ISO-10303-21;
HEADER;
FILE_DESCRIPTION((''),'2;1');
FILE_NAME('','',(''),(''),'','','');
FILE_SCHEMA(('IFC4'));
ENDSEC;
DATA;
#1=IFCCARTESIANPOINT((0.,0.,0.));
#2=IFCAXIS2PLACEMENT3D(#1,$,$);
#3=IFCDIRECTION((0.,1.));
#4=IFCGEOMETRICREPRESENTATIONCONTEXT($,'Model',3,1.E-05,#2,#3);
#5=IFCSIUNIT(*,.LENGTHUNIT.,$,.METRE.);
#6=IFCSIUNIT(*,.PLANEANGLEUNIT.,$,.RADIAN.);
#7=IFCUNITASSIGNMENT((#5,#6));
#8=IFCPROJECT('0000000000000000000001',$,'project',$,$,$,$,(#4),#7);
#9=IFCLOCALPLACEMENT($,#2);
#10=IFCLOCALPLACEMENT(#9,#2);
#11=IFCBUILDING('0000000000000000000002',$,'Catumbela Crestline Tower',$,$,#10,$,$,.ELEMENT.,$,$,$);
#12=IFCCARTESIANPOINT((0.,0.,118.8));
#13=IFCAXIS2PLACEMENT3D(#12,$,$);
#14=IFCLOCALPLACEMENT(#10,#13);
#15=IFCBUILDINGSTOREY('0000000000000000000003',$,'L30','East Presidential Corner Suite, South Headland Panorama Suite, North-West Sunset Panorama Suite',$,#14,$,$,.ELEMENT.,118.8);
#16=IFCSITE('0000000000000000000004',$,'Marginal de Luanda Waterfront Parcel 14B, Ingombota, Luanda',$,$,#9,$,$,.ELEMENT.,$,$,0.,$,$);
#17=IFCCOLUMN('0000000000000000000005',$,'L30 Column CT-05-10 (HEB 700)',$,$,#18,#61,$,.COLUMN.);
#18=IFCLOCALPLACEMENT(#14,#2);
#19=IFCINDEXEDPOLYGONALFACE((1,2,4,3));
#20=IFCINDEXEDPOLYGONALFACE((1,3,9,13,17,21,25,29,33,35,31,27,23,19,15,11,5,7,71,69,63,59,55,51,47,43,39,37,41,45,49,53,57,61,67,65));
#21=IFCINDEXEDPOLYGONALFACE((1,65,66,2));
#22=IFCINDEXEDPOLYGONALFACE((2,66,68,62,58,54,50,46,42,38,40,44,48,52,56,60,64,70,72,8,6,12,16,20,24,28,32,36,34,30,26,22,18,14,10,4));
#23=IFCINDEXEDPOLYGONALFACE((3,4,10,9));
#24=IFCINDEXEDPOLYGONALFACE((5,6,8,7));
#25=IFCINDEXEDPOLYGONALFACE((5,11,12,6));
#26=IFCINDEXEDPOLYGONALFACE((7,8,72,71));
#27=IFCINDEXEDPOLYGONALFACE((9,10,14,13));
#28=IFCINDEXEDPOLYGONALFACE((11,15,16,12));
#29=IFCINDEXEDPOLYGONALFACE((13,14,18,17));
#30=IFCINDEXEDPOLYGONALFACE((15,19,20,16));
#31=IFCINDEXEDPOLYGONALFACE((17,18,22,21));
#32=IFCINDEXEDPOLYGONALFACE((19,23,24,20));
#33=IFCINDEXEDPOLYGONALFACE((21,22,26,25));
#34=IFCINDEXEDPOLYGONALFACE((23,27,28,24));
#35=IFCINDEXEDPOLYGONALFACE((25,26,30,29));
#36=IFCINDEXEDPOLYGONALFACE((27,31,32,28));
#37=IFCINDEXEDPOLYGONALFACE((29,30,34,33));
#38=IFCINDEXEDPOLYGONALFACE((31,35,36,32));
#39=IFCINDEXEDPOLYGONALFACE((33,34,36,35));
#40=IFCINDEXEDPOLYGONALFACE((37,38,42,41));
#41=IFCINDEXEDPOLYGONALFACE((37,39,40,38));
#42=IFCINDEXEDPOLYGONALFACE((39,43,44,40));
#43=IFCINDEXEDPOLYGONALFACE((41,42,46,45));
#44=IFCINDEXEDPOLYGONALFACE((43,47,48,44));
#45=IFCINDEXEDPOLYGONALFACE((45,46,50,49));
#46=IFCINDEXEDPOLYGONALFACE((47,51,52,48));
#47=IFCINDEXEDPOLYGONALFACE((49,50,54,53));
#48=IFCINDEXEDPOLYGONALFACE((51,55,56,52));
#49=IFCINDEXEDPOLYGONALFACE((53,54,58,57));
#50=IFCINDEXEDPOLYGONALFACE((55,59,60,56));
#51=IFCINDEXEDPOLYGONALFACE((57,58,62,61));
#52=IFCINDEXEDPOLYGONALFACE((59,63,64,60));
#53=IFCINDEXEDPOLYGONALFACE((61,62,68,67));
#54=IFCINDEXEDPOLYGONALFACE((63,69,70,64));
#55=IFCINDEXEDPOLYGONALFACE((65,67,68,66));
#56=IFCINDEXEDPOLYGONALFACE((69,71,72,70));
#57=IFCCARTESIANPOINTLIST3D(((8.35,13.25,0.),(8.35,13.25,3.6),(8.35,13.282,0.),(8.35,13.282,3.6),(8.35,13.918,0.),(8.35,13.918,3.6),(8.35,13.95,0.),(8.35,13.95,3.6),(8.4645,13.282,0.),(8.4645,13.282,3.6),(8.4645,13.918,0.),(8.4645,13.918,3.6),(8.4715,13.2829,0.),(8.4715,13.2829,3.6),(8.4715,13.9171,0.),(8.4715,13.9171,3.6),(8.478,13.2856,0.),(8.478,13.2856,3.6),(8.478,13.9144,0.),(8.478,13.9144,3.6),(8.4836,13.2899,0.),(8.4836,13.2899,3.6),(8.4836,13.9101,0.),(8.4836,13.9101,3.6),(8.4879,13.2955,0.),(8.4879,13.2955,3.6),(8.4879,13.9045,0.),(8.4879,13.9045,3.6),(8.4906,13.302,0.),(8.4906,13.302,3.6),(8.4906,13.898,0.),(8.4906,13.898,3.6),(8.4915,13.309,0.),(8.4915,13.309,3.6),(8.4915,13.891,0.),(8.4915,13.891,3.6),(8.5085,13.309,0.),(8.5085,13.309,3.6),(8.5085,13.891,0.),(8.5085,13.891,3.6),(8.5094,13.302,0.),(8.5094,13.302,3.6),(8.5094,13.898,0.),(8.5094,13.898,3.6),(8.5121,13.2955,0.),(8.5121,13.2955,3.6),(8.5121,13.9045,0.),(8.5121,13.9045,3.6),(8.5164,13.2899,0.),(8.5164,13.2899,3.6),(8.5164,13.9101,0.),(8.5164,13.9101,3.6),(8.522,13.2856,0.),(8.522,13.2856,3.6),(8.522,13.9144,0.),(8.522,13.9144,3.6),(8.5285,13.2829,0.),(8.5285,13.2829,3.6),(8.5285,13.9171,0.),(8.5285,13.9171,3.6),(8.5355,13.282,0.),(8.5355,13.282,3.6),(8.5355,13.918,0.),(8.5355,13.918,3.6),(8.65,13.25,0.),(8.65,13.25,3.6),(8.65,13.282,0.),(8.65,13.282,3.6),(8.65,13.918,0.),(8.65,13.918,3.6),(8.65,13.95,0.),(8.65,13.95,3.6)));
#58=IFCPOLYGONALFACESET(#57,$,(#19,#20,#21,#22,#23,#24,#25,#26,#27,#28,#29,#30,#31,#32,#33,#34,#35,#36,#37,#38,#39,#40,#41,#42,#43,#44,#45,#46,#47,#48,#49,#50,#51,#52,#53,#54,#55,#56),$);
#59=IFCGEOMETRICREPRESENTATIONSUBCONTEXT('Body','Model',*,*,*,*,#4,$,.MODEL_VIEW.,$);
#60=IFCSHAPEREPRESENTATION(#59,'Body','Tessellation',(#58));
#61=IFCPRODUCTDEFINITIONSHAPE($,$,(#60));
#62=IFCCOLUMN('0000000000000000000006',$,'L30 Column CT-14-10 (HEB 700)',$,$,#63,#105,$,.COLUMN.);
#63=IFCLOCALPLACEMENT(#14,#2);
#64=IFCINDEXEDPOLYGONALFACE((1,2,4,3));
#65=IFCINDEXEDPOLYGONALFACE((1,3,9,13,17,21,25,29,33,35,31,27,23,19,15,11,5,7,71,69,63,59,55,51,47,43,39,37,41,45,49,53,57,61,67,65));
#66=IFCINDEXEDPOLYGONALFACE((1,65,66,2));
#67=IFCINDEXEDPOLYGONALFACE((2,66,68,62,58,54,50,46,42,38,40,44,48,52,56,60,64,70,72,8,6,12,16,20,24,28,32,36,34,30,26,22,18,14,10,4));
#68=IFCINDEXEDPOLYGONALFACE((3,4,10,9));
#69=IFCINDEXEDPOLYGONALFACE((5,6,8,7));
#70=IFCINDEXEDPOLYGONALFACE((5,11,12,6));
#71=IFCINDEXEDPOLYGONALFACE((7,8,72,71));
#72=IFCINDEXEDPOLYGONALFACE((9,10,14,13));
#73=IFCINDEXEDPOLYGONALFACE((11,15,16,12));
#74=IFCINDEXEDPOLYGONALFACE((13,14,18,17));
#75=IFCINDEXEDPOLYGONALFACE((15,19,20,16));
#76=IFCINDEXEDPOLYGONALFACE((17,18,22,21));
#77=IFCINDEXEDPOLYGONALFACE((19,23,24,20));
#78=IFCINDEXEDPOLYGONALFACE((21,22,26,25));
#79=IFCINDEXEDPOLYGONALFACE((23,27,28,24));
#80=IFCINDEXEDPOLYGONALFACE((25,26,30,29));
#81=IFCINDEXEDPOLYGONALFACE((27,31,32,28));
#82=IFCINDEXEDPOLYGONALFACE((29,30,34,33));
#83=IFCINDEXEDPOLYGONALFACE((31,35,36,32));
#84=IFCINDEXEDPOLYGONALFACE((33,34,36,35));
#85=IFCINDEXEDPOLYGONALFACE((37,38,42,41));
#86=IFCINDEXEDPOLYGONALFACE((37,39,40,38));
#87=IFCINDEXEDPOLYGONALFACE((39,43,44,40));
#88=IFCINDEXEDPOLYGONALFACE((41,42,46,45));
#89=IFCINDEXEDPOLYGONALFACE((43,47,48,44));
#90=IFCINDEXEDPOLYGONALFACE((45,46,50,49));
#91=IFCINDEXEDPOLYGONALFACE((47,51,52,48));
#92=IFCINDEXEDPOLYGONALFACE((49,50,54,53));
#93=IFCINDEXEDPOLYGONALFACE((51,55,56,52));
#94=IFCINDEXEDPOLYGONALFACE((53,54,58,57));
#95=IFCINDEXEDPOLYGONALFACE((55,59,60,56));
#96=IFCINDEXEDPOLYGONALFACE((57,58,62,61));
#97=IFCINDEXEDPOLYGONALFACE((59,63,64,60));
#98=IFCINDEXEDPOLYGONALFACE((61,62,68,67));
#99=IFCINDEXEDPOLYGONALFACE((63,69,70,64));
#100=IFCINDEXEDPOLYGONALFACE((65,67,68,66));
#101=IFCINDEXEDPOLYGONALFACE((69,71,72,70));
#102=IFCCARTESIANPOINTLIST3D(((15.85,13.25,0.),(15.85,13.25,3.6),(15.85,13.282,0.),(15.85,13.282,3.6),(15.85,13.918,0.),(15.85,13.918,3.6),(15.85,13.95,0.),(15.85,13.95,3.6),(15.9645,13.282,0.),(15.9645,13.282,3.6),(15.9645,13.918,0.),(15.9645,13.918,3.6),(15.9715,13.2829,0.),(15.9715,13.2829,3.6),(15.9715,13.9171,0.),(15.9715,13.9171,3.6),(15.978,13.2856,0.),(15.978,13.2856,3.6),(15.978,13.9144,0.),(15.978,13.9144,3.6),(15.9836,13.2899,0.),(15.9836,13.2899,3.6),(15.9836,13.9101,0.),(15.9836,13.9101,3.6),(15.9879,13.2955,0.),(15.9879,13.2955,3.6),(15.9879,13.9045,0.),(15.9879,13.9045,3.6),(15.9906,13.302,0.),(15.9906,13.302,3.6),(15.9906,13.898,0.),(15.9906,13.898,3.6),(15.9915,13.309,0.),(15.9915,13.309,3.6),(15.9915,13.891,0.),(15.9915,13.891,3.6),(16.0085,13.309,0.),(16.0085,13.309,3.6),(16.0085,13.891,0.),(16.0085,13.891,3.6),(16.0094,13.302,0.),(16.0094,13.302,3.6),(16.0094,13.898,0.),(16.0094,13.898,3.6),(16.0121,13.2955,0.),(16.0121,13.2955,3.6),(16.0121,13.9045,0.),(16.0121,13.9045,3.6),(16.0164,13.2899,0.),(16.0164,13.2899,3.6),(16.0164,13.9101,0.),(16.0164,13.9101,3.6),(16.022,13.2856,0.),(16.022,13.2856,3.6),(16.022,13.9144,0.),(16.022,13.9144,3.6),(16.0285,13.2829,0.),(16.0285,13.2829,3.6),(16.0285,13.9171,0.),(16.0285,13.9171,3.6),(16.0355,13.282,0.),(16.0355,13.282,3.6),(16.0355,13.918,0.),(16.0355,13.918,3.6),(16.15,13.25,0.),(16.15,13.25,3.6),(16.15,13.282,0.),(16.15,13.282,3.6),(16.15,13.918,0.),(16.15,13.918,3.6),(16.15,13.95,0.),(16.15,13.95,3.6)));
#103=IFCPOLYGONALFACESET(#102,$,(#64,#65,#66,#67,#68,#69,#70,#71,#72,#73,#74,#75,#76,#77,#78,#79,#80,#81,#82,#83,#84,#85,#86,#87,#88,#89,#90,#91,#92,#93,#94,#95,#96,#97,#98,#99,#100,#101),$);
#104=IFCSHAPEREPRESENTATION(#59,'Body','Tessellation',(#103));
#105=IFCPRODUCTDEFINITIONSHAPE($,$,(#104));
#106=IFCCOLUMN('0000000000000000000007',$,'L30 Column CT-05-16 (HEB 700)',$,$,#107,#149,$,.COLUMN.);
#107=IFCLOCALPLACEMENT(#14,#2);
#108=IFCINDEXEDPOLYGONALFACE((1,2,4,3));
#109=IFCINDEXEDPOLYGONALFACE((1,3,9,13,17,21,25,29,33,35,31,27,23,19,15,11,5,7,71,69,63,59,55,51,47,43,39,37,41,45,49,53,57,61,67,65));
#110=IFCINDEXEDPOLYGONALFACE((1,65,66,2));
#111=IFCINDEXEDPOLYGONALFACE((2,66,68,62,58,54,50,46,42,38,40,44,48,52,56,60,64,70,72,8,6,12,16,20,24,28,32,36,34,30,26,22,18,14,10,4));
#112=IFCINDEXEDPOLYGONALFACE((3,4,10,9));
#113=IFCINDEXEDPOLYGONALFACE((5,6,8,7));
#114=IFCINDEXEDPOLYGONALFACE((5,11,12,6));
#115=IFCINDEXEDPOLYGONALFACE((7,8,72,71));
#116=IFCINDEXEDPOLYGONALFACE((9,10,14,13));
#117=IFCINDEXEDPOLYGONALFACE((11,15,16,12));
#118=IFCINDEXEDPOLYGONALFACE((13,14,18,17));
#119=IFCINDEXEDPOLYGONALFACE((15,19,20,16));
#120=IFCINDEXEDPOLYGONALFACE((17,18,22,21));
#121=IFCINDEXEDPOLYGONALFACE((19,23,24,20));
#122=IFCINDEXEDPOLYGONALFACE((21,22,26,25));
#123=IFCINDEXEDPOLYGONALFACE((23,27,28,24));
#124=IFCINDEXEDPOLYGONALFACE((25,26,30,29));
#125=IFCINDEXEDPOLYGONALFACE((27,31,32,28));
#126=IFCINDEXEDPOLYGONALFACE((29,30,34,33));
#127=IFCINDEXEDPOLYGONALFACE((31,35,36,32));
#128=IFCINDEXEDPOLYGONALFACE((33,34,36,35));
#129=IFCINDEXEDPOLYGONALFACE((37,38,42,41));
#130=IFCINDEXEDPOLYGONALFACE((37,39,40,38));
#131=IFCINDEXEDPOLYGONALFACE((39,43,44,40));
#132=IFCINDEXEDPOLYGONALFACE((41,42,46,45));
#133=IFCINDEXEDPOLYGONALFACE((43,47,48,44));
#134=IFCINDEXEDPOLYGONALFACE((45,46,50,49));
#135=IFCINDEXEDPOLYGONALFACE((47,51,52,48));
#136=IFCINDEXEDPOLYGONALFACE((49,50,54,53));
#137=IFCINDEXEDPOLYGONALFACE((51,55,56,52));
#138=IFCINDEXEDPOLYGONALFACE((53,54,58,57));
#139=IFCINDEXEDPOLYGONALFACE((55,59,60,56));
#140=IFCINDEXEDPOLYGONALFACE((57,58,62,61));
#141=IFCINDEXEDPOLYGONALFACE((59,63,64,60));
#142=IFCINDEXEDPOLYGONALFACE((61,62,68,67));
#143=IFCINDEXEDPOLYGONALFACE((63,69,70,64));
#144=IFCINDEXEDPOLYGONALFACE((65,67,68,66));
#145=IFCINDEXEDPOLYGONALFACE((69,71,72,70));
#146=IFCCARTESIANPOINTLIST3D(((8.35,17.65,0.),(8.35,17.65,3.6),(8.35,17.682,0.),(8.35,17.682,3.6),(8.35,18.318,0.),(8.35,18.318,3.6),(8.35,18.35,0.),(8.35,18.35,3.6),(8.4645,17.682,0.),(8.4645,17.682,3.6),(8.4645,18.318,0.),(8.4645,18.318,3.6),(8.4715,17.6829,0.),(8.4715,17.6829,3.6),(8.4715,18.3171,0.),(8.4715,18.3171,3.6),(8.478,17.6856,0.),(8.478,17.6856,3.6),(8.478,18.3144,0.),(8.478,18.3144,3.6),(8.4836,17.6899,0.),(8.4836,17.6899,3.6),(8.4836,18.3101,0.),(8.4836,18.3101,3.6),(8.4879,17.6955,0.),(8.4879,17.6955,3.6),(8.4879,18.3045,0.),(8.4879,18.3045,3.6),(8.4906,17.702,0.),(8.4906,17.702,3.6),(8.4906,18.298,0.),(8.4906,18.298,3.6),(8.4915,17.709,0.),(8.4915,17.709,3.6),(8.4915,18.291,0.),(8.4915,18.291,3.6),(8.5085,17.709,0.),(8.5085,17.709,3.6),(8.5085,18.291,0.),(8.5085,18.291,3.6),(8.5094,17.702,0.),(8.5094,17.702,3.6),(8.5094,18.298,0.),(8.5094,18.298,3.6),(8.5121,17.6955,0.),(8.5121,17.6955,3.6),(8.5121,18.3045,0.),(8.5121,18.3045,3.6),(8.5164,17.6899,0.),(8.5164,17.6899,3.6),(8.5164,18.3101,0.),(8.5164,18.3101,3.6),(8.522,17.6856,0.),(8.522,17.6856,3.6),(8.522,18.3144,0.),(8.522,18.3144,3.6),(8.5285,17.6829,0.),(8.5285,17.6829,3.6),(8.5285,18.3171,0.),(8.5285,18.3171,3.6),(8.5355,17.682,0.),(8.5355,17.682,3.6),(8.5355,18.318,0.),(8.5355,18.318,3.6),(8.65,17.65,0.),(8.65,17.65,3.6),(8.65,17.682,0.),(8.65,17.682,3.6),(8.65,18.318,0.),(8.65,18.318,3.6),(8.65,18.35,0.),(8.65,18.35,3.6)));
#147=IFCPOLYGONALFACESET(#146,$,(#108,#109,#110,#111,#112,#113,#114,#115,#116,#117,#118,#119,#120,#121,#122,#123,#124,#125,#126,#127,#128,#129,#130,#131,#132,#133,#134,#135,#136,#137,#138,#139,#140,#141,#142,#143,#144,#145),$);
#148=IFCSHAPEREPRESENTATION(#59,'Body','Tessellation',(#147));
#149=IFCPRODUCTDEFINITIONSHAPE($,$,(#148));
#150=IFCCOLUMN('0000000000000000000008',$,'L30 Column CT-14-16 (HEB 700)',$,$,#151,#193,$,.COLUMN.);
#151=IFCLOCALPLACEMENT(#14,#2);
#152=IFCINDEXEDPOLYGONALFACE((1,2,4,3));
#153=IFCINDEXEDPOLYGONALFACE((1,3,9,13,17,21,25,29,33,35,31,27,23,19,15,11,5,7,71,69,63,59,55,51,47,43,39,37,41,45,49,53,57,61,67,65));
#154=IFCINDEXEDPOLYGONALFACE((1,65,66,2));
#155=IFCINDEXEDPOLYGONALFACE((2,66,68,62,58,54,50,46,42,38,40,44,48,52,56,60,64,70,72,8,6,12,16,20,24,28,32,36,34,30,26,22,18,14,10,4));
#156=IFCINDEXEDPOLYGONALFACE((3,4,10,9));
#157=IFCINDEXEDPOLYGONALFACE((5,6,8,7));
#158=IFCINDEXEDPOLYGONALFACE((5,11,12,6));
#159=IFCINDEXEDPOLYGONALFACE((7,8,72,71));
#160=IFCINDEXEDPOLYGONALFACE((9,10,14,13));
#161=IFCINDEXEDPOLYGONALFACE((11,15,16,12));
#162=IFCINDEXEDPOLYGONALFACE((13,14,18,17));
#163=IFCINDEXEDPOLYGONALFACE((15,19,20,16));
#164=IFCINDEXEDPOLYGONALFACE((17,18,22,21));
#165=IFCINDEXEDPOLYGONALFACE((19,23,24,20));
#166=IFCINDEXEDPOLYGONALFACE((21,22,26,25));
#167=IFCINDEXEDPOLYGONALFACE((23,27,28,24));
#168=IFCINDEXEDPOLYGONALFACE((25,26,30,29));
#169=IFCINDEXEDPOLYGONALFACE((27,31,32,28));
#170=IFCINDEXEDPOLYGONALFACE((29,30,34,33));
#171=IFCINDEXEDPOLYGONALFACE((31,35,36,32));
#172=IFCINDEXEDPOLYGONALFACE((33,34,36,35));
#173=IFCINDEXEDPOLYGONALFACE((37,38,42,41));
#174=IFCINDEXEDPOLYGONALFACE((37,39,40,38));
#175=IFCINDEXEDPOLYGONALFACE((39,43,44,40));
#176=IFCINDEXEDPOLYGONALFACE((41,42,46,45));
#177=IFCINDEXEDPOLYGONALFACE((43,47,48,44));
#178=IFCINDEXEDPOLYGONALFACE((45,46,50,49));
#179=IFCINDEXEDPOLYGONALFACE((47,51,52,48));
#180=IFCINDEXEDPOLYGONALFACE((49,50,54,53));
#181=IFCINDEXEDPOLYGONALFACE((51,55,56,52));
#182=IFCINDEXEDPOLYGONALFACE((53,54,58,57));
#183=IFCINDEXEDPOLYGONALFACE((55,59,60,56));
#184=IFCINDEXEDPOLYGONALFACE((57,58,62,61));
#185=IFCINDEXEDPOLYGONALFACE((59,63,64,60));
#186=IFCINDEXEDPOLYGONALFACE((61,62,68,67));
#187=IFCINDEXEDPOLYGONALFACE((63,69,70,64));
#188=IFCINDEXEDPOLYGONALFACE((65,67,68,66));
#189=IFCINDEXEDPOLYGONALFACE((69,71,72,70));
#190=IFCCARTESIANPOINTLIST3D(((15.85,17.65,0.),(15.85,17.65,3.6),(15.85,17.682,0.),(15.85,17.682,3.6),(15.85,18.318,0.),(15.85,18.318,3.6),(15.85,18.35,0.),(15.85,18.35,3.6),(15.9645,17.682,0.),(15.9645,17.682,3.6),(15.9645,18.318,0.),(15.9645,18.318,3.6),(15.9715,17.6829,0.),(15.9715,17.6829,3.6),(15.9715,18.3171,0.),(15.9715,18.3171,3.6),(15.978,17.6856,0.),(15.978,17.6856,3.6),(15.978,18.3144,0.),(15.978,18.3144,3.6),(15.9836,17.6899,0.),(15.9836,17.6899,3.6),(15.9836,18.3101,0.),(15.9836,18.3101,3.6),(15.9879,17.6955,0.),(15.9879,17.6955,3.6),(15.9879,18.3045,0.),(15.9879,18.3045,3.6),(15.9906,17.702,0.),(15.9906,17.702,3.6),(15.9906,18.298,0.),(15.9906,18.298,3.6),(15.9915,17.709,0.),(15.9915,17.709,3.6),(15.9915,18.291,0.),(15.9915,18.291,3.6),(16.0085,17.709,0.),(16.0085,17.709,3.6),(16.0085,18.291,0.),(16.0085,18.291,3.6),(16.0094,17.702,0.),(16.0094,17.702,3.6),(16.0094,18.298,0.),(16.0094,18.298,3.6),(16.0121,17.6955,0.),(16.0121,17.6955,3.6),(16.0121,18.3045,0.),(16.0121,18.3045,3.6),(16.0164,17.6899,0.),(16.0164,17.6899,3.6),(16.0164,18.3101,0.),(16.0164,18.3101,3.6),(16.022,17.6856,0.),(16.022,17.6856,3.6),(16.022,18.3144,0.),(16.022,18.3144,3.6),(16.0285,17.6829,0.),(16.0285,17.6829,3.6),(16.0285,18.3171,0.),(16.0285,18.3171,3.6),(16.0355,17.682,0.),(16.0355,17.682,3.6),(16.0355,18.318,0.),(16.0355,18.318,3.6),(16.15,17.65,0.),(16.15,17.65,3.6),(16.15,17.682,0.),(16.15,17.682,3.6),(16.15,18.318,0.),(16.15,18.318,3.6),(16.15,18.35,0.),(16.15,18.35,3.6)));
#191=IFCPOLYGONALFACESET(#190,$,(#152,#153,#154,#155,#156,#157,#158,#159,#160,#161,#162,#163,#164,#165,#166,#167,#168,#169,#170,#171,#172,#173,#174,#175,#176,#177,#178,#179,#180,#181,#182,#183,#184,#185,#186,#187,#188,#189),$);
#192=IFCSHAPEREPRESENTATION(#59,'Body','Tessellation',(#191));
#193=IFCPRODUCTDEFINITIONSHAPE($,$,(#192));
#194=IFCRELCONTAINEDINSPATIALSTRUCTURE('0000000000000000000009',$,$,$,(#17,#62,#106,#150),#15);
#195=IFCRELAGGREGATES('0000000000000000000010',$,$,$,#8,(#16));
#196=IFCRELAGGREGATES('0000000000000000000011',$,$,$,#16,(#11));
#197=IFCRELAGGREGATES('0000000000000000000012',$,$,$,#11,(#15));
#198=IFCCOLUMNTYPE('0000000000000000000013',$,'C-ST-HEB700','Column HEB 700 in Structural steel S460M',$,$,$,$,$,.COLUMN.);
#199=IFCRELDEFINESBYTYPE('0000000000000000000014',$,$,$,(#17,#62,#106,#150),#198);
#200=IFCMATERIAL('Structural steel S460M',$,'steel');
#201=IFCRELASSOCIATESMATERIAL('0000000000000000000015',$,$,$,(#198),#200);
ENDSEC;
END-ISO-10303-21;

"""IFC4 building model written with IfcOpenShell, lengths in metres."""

from ifc_helpers import new_model, si_unit, direction, frame, origin, origin_2d, place, context, subcontext, project, spatial, i_section, extrude, material, material_profile, profile_set, type_object, element, save


model = new_model("IFC4")

# Units and contexts
model_context = context("Model", 3, precision=1e-05, world=origin(), true_north=direction((0.0, 1.0)))
body_context = subcontext(model_context, "Body", "Model", "MODEL_VIEW")
ifc_project = project(units=[si_unit("LENGTHUNIT", "METRE"), si_unit("PLANEANGLEUNIT", "RADIAN")], contexts=[model_context])

# Site, building, storey
site_placement = place(None, origin())
site = spatial("IfcSite", under=ifc_project, at=site_placement, Name="Marginal de Luanda Waterfront Parcel 14B, Ingombota, Luanda", CompositionType="ELEMENT", RefElevation=0.0)
building_placement = place(site_placement, origin())
building = spatial("IfcBuilding", under=site, at=building_placement, Name="Catumbela Crestline Tower", CompositionType="ELEMENT")
storey_placement = place(building_placement, frame((0.0, 0.0, 118.8)))
storey = spatial("IfcBuildingStorey", under=building, at=storey_placement, Name="L30", Description="East Presidential Corner Suite, South Headland Panorama Suite, North-West Sunset Panorama Suite", CompositionType="ELEMENT", Elevation=118.8)

# Columns
ifc_material_1 = material(Name="Structural steel S460M", Category="steel")
ifc_material_profile_1 = material_profile(ifc_material_1, i_section(OverallWidth=0.3, OverallDepth=0.7, WebThickness=0.017, FlangeThickness=0.032, FilletRadius=0.027, at=origin_2d()), Name="HEB 700")
ifc_profile_set_1 = profile_set([ifc_material_profile_1], Name="Structural steel S460M")
column_type = type_object("IfcColumnType", Name="C-ST-HEB700", Description="Column HEB 700 in Structural steel S460M", PredefinedType="COLUMN", material=ifc_profile_set_1)
for number, where, z_axis, x_axis, name in (
    (1, (8.5, 13.6, 0.0), (0.0, 0.0, 1.0), (1.0, 0.0, 0.0), "L30 Column CT-05-10 (HEB 700)"),
    (2, (16.0, 13.6, 0.0), (0.0, 0.0, 1.0), (1.0, 0.0, 0.0), "L30 Column CT-14-10 (HEB 700)"),
    (3, (8.5, 18.0, 0.0), (0.0, 0.0, 1.0), (1.0, 0.0, 0.0), "L30 Column CT-05-16 (HEB 700)"),
    (4, (16.0, 18.0, 0.0), (0.0, 0.0, 1.0), (1.0, 0.0, 0.0), "L30 Column CT-14-16 (HEB 700)"),
):
    element("IfcColumn", number, at=place(storey_placement, frame(where, z_axis=z_axis, x_axis=x_axis)), inside=storey, type_object=column_type, Name=name, PredefinedType="COLUMN", context=body_context, shape_type="SweptSolid", body=[
        extrude(i_section(OverallWidth=0.3, OverallDepth=0.7, WebThickness=0.017, FlangeThickness=0.032, FilletRadius=0.027, at=origin_2d()), origin(), (0.0, 0.0, 1.0), 3.6),
    ])

save(model, "model.ifc")
